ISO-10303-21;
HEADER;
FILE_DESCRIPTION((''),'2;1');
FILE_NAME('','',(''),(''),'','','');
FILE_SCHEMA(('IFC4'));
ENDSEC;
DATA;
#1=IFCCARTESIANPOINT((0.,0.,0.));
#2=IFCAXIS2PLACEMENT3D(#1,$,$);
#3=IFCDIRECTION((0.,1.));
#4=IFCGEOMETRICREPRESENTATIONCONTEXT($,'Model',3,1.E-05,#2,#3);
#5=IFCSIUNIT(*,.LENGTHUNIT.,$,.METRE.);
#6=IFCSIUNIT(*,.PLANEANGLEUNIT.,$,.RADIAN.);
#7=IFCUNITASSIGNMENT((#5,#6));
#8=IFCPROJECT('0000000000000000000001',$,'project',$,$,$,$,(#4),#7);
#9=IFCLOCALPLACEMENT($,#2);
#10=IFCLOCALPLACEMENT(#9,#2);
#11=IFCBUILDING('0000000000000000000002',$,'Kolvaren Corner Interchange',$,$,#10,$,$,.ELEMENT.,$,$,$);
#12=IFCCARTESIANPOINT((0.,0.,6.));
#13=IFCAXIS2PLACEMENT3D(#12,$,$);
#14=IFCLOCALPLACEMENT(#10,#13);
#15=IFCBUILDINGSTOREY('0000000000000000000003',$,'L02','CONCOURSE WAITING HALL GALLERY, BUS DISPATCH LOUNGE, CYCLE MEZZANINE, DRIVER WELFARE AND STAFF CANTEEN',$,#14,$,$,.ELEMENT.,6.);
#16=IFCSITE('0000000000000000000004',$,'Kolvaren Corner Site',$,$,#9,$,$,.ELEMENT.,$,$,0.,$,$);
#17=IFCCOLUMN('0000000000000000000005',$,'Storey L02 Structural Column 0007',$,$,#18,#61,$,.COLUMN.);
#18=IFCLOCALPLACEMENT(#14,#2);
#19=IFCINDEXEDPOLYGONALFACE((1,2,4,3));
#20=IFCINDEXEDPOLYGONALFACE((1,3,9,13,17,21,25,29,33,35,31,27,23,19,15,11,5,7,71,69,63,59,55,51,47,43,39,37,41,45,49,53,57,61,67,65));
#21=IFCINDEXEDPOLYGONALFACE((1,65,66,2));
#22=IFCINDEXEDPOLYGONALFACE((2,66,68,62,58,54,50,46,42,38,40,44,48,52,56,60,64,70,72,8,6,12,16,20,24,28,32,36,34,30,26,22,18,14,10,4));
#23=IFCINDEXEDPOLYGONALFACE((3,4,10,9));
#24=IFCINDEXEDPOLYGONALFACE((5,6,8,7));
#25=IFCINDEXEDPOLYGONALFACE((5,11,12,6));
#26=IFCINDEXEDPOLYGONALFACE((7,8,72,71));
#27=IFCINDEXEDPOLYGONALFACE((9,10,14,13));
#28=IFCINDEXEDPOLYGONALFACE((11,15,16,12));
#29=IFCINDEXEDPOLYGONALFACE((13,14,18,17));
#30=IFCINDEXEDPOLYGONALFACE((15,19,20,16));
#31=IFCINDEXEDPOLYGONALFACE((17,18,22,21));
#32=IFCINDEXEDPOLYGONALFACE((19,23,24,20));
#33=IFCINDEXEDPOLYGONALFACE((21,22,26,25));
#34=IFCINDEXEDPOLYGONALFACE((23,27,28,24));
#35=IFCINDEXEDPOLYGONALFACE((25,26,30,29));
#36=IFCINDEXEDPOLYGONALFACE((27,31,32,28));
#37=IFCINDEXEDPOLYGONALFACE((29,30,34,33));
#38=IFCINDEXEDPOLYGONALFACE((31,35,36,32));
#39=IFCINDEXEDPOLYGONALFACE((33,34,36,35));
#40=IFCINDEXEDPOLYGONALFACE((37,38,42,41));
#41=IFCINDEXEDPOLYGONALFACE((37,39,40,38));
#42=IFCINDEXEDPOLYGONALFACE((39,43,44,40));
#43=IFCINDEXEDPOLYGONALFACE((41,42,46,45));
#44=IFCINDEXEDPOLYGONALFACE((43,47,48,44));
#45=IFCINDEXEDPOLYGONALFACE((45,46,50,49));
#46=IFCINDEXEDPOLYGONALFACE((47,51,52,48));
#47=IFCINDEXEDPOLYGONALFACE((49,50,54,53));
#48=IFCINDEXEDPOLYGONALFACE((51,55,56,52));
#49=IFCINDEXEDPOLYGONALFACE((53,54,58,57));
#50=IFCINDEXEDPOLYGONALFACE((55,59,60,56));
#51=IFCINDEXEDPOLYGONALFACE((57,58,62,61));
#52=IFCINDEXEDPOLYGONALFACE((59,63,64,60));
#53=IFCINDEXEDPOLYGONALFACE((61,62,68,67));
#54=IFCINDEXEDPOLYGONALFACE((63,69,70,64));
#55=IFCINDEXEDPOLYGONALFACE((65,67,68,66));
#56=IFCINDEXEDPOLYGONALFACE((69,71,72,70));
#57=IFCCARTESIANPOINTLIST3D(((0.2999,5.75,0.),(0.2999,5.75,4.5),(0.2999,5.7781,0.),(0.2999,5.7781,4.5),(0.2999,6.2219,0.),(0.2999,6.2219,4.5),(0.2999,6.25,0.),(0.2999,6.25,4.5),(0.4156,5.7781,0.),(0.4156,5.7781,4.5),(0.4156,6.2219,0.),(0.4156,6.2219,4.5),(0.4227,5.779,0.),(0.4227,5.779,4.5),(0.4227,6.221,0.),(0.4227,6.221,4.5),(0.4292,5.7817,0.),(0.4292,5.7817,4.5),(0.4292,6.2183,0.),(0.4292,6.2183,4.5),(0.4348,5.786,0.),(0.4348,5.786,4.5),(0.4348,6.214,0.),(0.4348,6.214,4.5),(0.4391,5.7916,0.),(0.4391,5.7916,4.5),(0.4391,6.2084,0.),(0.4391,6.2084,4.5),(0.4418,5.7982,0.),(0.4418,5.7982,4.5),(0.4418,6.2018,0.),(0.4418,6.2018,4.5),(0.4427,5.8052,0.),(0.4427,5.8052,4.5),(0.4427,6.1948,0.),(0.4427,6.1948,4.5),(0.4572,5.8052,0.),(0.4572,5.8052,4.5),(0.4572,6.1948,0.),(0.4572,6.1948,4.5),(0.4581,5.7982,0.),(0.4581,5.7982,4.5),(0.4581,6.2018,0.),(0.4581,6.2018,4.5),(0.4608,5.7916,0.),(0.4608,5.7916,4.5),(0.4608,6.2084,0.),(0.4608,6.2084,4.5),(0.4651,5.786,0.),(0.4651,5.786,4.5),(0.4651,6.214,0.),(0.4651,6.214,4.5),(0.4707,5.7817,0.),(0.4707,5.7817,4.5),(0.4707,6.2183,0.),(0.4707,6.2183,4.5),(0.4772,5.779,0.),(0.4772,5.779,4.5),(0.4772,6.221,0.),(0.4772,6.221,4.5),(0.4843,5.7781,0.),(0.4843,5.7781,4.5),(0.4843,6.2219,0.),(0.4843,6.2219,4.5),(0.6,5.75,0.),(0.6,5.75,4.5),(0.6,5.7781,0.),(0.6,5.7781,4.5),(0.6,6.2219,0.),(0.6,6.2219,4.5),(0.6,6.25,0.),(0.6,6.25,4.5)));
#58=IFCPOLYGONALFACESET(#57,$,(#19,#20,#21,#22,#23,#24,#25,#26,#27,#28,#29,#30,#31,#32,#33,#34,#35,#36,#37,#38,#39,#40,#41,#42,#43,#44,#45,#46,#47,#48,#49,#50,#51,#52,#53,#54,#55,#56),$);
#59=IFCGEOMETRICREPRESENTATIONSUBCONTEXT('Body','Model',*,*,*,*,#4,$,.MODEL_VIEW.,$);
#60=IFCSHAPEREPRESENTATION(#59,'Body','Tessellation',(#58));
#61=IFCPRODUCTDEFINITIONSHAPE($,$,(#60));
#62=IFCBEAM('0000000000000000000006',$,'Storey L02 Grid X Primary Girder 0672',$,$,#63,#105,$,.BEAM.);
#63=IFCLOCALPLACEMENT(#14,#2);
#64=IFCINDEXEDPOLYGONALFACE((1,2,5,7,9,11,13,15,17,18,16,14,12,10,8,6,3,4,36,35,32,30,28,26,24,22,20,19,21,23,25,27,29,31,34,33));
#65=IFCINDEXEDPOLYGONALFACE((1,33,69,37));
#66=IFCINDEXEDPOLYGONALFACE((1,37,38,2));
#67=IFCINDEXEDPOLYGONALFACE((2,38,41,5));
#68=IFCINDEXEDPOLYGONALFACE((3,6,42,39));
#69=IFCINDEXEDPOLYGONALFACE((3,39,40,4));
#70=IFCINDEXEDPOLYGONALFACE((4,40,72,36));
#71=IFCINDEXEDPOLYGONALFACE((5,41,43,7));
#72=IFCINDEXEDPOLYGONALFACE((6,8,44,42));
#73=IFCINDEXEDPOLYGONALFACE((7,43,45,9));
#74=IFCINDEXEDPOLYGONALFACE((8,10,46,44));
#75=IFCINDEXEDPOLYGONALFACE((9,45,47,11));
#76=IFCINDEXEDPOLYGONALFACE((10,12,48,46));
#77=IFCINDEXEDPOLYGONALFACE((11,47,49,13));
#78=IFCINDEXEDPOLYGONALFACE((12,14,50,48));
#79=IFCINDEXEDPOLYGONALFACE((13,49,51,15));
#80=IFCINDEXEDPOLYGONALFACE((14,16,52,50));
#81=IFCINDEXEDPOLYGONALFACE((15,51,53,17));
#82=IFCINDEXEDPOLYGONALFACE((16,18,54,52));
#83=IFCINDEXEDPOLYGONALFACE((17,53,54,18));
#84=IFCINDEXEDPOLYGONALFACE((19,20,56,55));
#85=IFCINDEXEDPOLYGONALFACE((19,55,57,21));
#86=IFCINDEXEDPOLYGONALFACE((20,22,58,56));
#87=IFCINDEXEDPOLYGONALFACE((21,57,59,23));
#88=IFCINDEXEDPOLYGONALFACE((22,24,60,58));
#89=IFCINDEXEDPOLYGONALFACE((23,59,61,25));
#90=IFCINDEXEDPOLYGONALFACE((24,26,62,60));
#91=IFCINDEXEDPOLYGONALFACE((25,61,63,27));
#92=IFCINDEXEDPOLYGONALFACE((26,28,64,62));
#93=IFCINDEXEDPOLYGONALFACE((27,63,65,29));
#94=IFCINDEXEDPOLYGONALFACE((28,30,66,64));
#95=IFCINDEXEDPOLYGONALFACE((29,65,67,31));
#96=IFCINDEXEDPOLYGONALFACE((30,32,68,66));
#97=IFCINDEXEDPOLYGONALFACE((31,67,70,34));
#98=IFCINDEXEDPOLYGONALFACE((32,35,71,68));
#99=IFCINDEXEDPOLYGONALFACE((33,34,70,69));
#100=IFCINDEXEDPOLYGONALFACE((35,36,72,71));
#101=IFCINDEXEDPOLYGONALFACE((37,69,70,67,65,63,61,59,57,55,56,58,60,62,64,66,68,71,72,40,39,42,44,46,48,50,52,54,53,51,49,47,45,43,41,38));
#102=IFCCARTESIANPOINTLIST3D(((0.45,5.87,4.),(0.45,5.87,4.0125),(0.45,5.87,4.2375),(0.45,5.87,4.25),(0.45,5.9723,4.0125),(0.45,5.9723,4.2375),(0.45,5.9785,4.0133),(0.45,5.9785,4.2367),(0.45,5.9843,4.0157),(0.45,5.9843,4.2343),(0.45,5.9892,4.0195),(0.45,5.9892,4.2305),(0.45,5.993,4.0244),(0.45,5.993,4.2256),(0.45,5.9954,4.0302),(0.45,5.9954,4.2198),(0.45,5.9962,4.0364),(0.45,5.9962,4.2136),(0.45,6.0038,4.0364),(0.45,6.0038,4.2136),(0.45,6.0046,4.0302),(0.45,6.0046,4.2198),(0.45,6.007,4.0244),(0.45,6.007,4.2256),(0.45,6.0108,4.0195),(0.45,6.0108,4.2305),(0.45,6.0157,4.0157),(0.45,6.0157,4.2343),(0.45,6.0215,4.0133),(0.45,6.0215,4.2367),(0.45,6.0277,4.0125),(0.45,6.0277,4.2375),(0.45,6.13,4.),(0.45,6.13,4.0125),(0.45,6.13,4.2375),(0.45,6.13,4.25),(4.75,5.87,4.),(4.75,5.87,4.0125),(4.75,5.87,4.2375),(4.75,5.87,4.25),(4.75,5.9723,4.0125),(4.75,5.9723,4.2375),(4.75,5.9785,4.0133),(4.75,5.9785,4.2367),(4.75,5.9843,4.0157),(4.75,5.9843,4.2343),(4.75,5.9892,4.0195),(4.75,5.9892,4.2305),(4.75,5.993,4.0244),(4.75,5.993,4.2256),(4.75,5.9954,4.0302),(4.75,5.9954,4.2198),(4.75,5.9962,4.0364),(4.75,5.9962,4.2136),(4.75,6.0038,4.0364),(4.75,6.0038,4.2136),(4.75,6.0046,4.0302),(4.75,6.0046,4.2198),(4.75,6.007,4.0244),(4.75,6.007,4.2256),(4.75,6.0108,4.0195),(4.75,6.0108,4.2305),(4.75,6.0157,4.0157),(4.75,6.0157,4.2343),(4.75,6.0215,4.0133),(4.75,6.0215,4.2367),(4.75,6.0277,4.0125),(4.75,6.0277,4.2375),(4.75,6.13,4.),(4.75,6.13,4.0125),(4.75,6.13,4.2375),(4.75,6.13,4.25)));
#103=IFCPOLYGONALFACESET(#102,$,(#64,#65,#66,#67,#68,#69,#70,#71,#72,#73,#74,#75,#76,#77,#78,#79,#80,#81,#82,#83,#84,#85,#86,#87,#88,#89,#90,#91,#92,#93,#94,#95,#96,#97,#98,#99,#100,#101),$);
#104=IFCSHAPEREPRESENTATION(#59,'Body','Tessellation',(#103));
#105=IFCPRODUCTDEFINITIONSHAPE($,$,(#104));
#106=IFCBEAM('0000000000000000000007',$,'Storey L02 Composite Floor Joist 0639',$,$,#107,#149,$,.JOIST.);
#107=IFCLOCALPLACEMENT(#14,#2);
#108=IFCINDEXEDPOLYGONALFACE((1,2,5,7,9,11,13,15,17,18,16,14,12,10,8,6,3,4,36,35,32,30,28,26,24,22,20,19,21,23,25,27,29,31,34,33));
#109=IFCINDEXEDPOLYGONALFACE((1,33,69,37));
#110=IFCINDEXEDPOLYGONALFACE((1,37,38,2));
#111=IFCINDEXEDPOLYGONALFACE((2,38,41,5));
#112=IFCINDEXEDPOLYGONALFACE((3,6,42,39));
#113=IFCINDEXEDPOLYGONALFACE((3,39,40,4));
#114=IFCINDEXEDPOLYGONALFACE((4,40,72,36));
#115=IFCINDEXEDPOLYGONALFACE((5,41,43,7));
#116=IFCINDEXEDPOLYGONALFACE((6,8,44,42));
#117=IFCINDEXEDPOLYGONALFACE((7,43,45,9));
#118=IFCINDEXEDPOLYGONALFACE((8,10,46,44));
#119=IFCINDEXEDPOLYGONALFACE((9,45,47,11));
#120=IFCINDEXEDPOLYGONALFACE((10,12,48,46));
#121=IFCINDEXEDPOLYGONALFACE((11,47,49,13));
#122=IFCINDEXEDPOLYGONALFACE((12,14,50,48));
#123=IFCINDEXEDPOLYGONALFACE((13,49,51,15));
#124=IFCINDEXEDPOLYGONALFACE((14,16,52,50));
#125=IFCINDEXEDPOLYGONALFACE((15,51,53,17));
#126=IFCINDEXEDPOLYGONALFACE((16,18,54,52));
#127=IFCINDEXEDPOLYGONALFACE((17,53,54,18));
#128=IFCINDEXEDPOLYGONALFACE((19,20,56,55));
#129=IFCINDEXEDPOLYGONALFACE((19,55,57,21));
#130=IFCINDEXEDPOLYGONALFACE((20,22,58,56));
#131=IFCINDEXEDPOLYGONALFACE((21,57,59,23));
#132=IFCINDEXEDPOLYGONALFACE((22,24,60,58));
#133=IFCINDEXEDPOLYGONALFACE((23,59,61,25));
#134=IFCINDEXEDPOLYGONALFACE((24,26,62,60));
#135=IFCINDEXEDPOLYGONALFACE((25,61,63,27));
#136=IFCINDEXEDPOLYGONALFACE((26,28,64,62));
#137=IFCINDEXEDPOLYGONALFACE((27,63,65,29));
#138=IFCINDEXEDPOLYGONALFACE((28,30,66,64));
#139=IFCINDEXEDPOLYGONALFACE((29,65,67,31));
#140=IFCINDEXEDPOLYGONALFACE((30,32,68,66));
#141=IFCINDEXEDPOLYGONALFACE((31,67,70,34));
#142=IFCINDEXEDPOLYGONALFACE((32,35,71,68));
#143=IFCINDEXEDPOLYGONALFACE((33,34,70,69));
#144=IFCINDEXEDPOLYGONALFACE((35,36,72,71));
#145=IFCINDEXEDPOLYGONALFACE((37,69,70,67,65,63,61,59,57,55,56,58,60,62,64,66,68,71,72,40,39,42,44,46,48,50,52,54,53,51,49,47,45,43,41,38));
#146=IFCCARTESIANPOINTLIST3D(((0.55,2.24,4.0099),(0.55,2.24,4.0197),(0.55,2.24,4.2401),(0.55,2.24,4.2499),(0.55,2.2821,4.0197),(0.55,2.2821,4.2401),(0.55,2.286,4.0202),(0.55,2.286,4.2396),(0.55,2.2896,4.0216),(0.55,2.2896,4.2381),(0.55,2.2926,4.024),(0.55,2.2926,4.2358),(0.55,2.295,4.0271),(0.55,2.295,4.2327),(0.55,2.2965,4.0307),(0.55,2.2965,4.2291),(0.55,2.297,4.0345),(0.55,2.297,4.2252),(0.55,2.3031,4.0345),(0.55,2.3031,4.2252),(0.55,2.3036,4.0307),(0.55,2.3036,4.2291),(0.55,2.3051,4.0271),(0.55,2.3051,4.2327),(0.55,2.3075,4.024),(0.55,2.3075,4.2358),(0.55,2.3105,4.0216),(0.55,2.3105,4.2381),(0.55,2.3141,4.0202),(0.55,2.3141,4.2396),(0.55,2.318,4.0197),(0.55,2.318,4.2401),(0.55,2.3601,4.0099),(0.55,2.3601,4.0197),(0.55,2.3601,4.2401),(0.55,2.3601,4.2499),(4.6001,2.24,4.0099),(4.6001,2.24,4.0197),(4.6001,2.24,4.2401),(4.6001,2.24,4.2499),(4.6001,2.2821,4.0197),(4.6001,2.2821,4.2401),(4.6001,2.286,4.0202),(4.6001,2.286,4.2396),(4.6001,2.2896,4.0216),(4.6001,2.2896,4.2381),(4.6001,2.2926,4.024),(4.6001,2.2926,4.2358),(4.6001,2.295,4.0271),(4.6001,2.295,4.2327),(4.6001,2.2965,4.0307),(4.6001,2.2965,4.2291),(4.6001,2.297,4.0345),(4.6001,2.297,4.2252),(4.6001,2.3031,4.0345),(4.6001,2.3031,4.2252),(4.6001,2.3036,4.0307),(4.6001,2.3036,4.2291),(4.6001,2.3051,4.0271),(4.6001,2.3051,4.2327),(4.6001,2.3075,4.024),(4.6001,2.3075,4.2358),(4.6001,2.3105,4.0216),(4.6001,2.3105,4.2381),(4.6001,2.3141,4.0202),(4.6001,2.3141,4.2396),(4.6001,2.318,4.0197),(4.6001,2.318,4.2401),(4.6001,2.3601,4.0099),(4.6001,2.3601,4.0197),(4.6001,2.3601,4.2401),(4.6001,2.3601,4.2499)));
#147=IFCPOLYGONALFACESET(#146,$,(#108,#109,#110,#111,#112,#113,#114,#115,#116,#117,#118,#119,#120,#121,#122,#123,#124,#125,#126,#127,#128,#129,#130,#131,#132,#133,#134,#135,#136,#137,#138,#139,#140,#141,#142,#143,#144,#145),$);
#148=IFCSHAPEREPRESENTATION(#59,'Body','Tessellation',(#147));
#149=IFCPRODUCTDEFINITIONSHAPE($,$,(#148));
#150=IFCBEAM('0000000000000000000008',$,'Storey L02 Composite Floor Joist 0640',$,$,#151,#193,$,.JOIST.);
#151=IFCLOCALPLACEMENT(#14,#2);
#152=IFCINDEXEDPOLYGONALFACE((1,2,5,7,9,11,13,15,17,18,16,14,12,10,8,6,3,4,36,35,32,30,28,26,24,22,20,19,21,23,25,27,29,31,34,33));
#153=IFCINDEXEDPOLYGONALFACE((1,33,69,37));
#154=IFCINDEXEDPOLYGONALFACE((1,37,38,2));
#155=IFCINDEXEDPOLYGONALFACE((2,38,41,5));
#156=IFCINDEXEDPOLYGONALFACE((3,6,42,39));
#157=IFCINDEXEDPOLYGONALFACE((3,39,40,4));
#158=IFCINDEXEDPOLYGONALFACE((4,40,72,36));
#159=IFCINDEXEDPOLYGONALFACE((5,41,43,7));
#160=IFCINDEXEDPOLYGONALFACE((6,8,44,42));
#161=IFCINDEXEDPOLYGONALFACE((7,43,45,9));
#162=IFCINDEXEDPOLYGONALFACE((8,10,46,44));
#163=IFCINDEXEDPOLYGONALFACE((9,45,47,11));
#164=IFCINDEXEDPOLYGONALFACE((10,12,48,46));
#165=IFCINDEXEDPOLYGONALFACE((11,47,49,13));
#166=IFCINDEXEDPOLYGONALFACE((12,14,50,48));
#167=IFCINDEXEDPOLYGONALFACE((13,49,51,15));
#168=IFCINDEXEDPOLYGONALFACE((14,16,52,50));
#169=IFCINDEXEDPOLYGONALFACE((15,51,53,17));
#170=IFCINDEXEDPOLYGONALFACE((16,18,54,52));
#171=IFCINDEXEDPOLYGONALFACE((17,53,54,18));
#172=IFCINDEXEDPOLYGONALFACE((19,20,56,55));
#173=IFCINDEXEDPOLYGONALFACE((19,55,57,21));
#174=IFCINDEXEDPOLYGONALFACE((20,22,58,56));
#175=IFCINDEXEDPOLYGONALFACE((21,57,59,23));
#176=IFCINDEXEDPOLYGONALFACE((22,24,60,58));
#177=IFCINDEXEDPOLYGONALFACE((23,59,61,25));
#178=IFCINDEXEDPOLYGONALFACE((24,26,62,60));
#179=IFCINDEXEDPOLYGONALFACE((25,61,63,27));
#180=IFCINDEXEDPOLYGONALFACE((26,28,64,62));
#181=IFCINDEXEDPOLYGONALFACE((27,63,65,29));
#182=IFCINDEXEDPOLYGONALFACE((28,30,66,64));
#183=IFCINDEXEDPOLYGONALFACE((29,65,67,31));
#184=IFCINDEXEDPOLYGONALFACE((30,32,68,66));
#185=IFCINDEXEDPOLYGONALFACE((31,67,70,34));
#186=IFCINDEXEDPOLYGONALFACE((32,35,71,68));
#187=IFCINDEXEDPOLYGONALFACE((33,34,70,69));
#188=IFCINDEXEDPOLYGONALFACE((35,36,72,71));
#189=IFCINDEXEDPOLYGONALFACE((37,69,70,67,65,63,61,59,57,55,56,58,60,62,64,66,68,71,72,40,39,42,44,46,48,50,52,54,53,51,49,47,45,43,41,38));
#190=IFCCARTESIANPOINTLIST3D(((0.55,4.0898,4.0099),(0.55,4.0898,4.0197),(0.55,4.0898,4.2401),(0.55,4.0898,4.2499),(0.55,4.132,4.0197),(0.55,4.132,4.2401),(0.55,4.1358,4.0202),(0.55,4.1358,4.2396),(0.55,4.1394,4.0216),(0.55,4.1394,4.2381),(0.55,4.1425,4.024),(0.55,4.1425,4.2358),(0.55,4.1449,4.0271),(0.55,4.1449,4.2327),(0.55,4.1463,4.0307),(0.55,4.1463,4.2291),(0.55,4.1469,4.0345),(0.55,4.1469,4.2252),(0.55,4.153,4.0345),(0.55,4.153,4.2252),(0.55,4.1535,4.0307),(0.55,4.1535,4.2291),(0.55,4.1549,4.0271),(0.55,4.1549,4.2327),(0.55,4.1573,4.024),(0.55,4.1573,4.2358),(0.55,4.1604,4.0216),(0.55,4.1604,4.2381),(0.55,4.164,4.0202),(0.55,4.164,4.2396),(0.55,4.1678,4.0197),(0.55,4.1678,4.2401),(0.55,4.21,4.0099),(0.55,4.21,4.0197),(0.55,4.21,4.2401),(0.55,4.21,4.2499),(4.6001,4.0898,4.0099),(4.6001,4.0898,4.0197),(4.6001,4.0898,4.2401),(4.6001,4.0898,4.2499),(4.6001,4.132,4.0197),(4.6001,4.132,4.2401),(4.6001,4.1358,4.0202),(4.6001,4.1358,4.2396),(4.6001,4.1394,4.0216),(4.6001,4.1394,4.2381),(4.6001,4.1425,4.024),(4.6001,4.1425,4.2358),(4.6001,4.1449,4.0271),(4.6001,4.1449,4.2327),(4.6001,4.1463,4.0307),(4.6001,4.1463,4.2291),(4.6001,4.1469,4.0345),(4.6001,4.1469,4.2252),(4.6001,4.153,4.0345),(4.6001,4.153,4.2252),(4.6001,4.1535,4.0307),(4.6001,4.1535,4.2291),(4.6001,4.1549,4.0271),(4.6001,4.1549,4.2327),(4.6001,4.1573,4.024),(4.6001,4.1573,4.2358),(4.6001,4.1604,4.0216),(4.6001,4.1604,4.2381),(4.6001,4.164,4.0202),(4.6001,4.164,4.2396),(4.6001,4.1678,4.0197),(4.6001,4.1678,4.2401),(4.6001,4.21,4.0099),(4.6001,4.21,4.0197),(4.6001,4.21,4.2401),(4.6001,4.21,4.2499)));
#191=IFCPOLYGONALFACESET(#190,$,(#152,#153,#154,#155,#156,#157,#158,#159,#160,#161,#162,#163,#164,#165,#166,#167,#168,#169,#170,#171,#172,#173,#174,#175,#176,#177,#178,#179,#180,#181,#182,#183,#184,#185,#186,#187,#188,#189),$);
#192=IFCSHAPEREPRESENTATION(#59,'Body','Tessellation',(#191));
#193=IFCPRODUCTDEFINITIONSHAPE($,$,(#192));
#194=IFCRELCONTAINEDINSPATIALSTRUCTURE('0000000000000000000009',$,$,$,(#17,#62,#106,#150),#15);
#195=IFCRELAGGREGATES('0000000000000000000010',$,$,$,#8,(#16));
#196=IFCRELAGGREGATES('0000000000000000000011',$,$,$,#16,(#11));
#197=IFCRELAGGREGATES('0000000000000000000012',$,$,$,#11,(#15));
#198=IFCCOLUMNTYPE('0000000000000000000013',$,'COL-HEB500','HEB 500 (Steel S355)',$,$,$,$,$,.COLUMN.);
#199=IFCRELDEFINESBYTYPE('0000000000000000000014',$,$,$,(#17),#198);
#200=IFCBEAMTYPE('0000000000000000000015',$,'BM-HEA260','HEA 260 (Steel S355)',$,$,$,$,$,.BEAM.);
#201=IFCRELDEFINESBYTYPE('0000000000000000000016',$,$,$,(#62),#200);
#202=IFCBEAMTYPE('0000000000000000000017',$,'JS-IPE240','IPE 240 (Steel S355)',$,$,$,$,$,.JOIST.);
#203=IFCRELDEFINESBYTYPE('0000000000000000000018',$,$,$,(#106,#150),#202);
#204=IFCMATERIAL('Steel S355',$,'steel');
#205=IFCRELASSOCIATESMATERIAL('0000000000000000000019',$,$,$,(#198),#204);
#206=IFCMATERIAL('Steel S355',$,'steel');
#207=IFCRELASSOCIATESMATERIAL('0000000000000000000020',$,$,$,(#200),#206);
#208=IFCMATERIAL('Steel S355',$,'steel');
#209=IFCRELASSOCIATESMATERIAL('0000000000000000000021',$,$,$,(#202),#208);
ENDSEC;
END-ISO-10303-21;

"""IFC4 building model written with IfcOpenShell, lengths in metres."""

from ifc_helpers import new_model, si_unit, direction, frame, origin, origin_2d, place, context, subcontext, project, spatial, i_section, extrude, material, material_profile, profile_set, type_object, element, save


model = new_model("IFC4")

# Units and contexts
model_context = context("Model", 3, precision=1e-05, world=origin(), true_north=direction((0.0, 1.0)))
body_context = subcontext(model_context, "Body", "Model", "MODEL_VIEW")
ifc_project = project(units=[si_unit("LENGTHUNIT", "METRE"), si_unit("PLANEANGLEUNIT", "RADIAN")], contexts=[model_context])

# Site, building, storey
site_placement = place(None, origin())
site = spatial("IfcSite", under=ifc_project, at=site_placement, Name="Kolvaren Corner Site", CompositionType="ELEMENT", RefElevation=0.0)
building_placement = place(site_placement, origin())
building = spatial("IfcBuilding", under=site, at=building_placement, Name="Kolvaren Corner Interchange", CompositionType="ELEMENT")
storey_placement = place(building_placement, frame((0.0, 0.0, 6.0)))
storey = spatial("IfcBuildingStorey", under=building, at=storey_placement, Name="L02", Description="CONCOURSE WAITING HALL GALLERY, BUS DISPATCH LOUNGE, CYCLE MEZZANINE, DRIVER WELFARE AND STAFF CANTEEN", CompositionType="ELEMENT", Elevation=6.0)

# Column
ifc_material_1 = material(Name="Steel S355", Category="steel")
ifc_material_profile_1 = material_profile(ifc_material_1, i_section(OverallWidth=0.3, OverallDepth=0.5, WebThickness=0.0144, FlangeThickness=0.0281, FilletRadius=0.0271, at=origin_2d()), Name="HEB 500")
ifc_profile_set_1 = profile_set([ifc_material_profile_1], Name="Steel S355")
column_type = type_object("IfcColumnType", Name="COL-HEB500", Description="HEB 500 (Steel S355)", PredefinedType="COLUMN", material=ifc_profile_set_1)
column_placement = place(storey_placement, frame((0.45, 6.0, 0.0), z_axis=(0.0, 0.0, 1.0), x_axis=(1.0, 0.0, 0.0)))
element("IfcColumn", 1, at=column_placement, inside=storey, type_object=column_type, Name="Storey L02 Structural Column 0007", PredefinedType="COLUMN", context=body_context, shape_type="SweptSolid", body=[
    extrude(i_section(OverallWidth=0.3, OverallDepth=0.5, WebThickness=0.0144, FlangeThickness=0.0281, FilletRadius=0.0271, at=origin_2d()), origin(), (0.0, 0.0, 1.0), 4.5),
])

# Beams
ifc_material_2 = material(Name="Steel S355", Category="steel")
ifc_material_profile_2 = material_profile(ifc_material_2, i_section(OverallWidth=0.26, OverallDepth=0.25, WebThickness=0.0076, FlangeThickness=0.0125, FilletRadius=0.0239, at=origin_2d()), Name="HEA 260")
ifc_profile_set_2 = profile_set([ifc_material_profile_2], Name="Steel S355")
beam_type_1 = type_object("IfcBeamType", Name="BM-HEA260", Description="HEA 260 (Steel S355)", PredefinedType="BEAM", material=ifc_profile_set_2)
beam_1_placement = place(storey_placement, frame((0.45, 6.0, 4.125), z_axis=(1.0, 0.0, 0.0), x_axis=(0.0, 1.0, 0.0)))
element("IfcBeam", 2, at=beam_1_placement, inside=storey, type_object=beam_type_1, Name="Storey L02 Grid X Primary Girder 0672", PredefinedType="BEAM", context=body_context, shape_type="SweptSolid", body=[
    extrude(i_section(OverallWidth=0.26, OverallDepth=0.25, WebThickness=0.0076, FlangeThickness=0.0125, FilletRadius=0.0239, at=origin_2d()), origin(), (0.0, 0.0, 1.0), 4.3),
])
ifc_material_3 = material(Name="Steel S355", Category="steel")
ifc_material_profile_3 = material_profile(ifc_material_3, i_section(OverallWidth=0.1201, OverallDepth=0.24, WebThickness=0.0061, FlangeThickness=0.0098, FilletRadius=0.0149, at=origin_2d()), Name="IPE 240")
ifc_profile_set_3 = profile_set([ifc_material_profile_3], Name="Steel S355")
beam_type_2 = type_object("IfcBeamType", Name="JS-IPE240", Description="IPE 240 (Steel S355)", PredefinedType="JOIST", material=ifc_profile_set_3)
for number, where, z_axis, x_axis, name in (
    (3, (0.55, 2.3, 4.1299), (1.0, 0.0, 0.0), (0.0, 1.0, 0.0), "Storey L02 Composite Floor Joist 0639"),
    (4, (0.55, 4.1499, 4.1299), (1.0, 0.0, 0.0), (0.0, 1.0, 0.0), "Storey L02 Composite Floor Joist 0640"),
):
    element("IfcBeam", number, at=place(storey_placement, frame(where, z_axis=z_axis, x_axis=x_axis)), inside=storey, type_object=beam_type_2, Name=name, PredefinedType="JOIST", context=body_context, shape_type="SweptSolid", body=[
        extrude(i_section(OverallWidth=0.1201, OverallDepth=0.24, WebThickness=0.0061, FlangeThickness=0.0098, FilletRadius=0.0149, at=origin_2d()), origin(), (0.0, 0.0, 1.0), 4.05),
    ])

save(model, "model.ifc")
